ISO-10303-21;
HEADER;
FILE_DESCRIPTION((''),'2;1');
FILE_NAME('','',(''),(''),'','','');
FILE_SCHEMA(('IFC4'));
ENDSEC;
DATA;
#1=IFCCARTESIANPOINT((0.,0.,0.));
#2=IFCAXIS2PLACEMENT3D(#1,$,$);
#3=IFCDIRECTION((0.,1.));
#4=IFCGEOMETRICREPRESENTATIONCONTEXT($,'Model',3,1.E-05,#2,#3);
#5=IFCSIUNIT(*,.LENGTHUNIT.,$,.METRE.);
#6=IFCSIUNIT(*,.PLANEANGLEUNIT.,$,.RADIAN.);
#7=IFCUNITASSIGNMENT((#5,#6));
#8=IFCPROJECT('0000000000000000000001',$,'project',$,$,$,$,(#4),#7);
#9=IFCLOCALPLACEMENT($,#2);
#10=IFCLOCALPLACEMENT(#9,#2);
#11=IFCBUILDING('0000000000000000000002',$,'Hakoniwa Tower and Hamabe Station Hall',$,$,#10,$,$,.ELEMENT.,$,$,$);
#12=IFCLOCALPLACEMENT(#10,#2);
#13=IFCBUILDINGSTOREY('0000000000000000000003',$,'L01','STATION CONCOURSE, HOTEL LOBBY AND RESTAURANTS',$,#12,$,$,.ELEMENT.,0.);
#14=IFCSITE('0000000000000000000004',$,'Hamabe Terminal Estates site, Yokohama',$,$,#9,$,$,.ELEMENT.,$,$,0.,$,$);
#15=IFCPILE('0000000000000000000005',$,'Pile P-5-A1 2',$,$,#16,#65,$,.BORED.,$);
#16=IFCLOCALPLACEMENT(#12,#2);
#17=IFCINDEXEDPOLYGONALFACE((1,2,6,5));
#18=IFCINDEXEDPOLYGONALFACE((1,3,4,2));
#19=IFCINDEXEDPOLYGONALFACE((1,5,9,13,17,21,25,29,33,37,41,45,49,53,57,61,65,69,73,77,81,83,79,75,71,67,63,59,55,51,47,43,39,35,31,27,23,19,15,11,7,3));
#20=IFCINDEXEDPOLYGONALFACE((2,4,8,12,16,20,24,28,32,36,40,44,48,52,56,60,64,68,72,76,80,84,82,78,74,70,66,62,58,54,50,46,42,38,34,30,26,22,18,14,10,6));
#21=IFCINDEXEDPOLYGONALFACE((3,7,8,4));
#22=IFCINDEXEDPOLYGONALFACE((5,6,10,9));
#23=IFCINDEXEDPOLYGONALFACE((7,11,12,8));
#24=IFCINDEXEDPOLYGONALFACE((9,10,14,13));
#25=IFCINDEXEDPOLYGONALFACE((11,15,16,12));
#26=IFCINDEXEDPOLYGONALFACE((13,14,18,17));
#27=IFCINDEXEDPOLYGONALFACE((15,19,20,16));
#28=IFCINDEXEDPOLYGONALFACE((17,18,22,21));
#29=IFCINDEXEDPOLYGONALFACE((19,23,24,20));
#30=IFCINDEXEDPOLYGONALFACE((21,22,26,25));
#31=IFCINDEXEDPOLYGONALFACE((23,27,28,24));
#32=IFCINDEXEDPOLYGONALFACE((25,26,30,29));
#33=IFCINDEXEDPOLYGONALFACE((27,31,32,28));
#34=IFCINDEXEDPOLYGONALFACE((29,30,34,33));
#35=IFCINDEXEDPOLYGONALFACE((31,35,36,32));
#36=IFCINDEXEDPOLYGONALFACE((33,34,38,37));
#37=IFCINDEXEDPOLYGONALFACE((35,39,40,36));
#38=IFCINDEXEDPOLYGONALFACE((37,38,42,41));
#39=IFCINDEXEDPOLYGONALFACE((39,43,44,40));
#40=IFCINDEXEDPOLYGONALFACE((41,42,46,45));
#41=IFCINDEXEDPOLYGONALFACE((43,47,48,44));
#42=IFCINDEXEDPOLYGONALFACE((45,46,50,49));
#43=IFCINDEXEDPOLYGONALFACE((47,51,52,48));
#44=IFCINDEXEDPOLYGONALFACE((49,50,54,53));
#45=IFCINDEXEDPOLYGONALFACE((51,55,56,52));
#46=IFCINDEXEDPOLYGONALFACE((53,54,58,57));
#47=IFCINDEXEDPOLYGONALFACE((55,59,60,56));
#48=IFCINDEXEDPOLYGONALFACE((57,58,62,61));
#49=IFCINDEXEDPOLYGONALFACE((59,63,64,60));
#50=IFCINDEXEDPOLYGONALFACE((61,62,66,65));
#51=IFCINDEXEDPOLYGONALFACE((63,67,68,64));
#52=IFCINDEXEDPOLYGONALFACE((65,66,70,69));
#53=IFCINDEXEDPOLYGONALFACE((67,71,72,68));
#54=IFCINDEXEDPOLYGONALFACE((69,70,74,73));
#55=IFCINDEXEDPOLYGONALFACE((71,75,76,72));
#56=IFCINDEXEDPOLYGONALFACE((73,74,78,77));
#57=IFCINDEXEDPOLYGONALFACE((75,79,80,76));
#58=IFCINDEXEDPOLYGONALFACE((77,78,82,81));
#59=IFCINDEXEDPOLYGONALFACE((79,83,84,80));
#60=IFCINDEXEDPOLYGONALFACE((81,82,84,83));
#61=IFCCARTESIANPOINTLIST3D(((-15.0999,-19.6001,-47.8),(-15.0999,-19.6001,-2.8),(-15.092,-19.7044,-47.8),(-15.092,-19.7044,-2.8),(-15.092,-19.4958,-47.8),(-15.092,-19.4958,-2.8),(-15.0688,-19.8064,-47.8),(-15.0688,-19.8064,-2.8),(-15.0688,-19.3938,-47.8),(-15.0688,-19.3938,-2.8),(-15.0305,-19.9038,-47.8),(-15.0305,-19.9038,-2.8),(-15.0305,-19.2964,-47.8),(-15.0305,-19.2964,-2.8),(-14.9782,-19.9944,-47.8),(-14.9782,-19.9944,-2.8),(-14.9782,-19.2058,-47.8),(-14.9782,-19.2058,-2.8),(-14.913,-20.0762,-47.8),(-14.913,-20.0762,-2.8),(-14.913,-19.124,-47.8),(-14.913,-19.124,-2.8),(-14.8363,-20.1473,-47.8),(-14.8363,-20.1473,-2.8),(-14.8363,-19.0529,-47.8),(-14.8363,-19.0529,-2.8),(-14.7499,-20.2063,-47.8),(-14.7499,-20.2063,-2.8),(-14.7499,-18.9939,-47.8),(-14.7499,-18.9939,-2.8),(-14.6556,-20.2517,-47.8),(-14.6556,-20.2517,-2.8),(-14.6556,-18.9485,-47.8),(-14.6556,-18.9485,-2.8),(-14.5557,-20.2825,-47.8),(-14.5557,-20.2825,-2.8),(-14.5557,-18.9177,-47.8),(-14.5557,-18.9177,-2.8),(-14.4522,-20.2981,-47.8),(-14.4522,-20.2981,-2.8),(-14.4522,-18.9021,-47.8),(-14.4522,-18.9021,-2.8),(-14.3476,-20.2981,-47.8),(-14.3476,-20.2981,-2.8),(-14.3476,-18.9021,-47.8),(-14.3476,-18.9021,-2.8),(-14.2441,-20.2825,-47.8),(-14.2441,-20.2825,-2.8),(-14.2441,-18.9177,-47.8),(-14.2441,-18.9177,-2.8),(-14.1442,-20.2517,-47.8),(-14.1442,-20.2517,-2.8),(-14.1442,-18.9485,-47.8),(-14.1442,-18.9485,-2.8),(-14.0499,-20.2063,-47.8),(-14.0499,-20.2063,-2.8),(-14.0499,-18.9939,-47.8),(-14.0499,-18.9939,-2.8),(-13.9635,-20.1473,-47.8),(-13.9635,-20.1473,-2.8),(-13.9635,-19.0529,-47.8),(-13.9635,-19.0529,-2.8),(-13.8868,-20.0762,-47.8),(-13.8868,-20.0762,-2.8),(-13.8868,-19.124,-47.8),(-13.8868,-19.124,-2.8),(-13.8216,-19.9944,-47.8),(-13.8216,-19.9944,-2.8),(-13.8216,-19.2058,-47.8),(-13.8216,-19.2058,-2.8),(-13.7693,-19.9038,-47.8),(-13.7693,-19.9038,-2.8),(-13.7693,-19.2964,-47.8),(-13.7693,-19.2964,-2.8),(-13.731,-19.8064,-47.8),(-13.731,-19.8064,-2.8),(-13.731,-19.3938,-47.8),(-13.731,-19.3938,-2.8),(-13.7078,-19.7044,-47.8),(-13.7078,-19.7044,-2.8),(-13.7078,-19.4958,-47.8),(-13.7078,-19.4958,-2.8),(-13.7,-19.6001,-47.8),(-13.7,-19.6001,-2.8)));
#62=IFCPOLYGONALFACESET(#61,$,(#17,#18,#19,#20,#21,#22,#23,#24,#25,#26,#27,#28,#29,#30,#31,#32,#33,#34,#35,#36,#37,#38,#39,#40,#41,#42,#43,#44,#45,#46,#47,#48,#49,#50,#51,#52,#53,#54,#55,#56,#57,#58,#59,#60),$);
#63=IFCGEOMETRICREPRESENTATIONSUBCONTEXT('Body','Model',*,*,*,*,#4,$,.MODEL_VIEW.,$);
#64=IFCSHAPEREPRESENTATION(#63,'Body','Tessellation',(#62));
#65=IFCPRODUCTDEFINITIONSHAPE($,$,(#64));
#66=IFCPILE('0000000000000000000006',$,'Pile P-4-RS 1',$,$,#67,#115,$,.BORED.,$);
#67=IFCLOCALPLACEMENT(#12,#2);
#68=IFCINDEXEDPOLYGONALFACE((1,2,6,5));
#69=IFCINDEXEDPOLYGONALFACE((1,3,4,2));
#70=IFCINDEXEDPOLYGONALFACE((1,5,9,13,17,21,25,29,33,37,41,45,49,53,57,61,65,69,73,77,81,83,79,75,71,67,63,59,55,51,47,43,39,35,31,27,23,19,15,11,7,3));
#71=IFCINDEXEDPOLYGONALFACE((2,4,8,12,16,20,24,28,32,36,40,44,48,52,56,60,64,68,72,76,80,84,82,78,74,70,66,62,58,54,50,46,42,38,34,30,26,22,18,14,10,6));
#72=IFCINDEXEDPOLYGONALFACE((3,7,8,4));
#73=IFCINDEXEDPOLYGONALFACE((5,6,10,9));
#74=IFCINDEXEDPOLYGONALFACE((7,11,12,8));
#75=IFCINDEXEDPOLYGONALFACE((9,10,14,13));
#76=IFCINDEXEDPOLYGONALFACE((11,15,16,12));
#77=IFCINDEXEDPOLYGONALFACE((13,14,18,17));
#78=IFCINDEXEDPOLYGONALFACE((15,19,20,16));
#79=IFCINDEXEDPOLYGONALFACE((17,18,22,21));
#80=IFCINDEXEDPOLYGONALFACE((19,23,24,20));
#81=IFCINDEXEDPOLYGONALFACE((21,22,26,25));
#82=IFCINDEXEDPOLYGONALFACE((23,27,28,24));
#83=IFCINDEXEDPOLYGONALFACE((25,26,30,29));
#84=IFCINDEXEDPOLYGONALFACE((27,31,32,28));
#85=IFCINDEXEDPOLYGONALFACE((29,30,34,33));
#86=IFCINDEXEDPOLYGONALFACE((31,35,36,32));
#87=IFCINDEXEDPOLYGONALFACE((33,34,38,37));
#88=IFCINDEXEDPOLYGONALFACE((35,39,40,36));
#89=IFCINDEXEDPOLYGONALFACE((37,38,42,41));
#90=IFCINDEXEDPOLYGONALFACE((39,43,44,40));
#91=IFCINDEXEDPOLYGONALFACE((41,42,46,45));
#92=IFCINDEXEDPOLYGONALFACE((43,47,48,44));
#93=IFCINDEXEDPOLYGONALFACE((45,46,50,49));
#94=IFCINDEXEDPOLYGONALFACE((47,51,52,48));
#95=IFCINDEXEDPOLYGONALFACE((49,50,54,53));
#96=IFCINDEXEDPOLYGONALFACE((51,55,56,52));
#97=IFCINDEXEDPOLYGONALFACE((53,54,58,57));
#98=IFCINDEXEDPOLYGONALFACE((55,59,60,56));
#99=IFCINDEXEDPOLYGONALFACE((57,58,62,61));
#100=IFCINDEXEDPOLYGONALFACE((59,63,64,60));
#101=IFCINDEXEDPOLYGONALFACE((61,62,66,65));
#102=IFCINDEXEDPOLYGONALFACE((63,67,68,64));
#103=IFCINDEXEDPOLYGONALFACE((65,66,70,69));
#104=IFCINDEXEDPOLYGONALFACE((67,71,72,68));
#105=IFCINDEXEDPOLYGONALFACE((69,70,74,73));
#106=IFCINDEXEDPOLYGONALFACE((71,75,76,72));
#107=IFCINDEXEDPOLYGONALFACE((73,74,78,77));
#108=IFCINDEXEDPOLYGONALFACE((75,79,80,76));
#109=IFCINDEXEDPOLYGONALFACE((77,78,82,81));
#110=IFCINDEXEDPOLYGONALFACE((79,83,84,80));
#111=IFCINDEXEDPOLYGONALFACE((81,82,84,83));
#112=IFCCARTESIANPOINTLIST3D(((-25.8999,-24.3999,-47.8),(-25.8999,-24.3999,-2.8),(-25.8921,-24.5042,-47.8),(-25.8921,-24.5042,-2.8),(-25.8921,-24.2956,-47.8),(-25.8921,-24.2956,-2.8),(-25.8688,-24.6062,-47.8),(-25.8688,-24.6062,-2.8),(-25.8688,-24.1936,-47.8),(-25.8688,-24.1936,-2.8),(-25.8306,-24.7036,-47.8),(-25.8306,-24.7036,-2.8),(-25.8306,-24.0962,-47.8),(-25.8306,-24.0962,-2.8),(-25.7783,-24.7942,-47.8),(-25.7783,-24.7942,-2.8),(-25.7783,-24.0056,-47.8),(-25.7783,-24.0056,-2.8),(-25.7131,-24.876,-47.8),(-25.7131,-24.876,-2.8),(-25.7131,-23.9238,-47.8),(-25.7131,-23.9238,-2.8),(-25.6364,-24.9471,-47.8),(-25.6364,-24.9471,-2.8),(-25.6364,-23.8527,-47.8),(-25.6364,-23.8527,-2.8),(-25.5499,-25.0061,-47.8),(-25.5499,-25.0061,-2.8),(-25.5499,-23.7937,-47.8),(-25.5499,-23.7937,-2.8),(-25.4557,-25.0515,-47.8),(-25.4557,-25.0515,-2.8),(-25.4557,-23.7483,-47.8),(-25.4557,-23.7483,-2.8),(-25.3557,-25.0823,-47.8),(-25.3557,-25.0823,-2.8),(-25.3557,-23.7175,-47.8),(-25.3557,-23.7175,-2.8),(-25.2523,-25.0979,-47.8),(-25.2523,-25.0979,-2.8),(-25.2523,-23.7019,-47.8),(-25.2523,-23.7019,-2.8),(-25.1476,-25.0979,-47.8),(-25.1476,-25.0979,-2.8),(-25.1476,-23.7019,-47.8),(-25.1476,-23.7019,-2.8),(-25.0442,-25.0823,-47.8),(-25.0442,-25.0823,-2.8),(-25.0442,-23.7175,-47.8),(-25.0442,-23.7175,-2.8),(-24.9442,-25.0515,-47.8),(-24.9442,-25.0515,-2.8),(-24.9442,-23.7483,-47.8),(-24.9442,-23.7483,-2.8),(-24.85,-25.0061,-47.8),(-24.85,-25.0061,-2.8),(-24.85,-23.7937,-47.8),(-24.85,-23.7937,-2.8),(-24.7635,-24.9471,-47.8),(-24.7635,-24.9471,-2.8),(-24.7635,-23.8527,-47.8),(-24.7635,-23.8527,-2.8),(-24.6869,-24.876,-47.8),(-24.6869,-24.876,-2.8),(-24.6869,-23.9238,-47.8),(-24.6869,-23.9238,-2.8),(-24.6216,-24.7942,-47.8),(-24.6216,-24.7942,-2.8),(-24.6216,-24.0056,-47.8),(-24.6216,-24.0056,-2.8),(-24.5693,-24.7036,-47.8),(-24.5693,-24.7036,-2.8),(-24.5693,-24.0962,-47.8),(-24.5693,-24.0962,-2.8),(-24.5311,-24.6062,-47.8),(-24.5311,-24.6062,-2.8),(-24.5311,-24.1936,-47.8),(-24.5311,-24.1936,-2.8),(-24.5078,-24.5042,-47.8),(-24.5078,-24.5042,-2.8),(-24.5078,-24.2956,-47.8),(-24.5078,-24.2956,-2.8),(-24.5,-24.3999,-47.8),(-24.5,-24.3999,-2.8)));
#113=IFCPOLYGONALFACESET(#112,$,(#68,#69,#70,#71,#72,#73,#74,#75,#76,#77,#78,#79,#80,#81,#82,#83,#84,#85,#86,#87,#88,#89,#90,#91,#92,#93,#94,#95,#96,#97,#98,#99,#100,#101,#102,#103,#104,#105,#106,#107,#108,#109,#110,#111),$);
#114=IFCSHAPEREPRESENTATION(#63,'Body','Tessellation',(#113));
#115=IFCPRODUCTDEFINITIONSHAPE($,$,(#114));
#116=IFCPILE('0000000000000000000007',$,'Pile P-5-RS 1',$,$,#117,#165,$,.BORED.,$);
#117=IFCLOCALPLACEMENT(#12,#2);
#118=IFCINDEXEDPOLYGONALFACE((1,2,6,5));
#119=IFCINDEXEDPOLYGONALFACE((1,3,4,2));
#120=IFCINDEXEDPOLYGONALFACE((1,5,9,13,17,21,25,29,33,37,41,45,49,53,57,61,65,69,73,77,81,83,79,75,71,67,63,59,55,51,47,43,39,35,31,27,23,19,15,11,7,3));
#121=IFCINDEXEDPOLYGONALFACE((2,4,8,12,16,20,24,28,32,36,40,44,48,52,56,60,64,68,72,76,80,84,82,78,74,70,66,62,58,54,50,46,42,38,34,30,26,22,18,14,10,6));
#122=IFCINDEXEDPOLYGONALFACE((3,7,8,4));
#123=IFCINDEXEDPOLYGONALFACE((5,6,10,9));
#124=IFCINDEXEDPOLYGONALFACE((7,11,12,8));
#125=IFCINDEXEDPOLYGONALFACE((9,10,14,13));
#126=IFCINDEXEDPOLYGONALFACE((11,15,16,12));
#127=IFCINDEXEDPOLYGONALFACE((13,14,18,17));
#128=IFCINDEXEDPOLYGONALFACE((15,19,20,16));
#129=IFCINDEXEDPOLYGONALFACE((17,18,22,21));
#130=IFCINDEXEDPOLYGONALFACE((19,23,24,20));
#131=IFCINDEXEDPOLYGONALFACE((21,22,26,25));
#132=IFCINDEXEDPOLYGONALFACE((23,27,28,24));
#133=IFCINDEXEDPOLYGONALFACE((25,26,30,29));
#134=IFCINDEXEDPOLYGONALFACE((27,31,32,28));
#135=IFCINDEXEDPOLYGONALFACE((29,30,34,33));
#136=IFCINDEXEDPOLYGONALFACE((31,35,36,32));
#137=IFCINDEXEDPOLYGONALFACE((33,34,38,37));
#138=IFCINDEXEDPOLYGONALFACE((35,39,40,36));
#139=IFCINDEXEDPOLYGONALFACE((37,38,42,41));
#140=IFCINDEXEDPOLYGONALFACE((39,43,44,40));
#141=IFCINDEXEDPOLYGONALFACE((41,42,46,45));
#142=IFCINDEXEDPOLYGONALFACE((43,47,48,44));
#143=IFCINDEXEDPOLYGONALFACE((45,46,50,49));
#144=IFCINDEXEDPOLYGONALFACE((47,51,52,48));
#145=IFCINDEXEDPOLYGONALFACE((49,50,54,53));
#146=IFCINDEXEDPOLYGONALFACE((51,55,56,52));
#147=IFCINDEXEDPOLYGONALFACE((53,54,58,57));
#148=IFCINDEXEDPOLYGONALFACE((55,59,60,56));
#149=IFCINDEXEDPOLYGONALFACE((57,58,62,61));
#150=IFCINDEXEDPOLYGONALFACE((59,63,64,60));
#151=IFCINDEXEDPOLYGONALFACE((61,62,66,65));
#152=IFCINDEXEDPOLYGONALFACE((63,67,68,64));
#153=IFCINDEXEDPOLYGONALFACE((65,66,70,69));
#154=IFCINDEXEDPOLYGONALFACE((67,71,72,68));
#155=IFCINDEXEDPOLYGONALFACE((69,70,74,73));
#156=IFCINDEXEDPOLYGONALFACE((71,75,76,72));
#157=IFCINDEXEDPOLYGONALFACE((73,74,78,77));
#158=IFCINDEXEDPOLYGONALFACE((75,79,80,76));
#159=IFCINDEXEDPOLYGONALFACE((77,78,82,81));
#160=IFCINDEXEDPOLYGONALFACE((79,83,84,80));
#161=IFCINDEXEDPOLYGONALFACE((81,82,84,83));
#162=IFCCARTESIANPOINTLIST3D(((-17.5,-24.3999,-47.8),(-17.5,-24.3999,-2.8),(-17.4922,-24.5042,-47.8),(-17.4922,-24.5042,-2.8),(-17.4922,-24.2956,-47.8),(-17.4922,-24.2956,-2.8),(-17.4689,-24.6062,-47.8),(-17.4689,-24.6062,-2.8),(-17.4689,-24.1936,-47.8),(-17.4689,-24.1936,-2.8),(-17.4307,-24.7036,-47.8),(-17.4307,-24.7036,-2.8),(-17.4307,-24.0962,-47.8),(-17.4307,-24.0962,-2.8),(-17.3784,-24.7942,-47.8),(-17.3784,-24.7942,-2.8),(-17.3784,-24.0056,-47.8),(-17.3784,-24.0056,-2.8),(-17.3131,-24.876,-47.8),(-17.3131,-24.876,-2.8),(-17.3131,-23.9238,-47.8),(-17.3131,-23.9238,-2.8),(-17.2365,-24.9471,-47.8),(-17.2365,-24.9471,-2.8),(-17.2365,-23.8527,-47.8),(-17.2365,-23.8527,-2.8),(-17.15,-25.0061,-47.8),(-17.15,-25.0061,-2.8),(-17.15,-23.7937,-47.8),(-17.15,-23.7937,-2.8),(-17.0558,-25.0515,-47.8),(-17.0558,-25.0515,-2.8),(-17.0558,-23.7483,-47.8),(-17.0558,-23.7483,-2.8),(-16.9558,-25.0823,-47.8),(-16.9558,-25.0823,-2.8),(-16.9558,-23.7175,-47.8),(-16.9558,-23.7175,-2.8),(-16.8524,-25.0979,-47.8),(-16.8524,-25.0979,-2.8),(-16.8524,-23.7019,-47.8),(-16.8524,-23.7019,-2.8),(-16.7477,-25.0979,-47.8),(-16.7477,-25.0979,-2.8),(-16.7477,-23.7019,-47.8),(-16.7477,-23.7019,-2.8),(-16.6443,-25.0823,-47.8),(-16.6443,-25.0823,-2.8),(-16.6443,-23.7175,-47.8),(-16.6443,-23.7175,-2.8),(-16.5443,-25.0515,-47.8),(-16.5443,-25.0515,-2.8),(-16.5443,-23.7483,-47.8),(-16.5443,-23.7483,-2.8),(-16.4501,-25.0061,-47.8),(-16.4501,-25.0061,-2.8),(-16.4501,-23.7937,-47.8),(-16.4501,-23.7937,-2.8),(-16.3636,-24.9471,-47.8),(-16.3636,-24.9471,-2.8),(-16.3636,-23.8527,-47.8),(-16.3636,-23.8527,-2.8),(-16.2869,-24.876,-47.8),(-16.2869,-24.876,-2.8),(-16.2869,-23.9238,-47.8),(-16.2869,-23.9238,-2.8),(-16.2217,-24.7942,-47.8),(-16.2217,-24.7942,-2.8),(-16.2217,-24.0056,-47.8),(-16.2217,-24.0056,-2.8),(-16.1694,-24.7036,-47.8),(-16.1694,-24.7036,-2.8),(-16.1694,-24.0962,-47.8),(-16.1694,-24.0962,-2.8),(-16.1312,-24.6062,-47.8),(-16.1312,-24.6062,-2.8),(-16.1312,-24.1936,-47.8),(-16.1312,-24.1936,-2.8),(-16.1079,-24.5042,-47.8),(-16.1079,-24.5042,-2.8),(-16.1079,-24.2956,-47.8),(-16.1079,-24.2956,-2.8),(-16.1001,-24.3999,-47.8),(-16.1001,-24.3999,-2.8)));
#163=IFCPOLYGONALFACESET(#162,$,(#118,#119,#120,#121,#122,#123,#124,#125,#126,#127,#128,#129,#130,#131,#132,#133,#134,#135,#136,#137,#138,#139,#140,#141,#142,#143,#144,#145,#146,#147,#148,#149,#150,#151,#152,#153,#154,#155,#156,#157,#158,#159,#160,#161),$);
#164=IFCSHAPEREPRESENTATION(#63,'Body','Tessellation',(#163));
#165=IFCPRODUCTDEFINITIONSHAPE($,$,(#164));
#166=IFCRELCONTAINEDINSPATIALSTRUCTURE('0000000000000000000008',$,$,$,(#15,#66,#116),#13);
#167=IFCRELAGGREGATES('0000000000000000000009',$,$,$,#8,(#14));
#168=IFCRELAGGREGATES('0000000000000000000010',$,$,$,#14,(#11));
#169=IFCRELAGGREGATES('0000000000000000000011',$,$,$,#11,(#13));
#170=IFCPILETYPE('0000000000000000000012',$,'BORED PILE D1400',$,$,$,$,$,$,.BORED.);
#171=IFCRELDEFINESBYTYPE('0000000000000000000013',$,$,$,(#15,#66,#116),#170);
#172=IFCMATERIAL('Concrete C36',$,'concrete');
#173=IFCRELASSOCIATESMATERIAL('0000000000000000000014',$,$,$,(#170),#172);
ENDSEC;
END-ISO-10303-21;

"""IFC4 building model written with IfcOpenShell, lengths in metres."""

from ifc_helpers import new_model, si_unit, direction, frame, origin, origin_2d, place, context, subcontext, project, spatial, circle, extrude, material, material_profile, profile_set, type_object, element, save


model = new_model("IFC4")

# Units and contexts
model_context = context("Model", 3, precision=1e-05, world=origin(), true_north=direction((0.0, 1.0)))
body_context = subcontext(model_context, "Body", "Model", "MODEL_VIEW")
ifc_project = project(units=[si_unit("LENGTHUNIT", "METRE"), si_unit("PLANEANGLEUNIT", "RADIAN")], contexts=[model_context])

# Site, building, storey
site_placement = place(None, origin())
site = spatial("IfcSite", under=ifc_project, at=site_placement, Name="Hamabe Terminal Estates site, Yokohama", CompositionType="ELEMENT", RefElevation=0.0)
building_placement = place(site_placement, origin())
building = spatial("IfcBuilding", under=site, at=building_placement, Name="Hakoniwa Tower and Hamabe Station Hall", CompositionType="ELEMENT")
storey_placement = place(building_placement, origin())
storey = spatial("IfcBuildingStorey", under=building, at=storey_placement, Name="L01", Description="STATION CONCOURSE, HOTEL LOBBY AND RESTAURANTS", CompositionType="ELEMENT", Elevation=0.0)

# Piles
ifc_material_1 = material(Name="Concrete C36", Category="concrete")
ifc_material_profile_1 = material_profile(ifc_material_1, circle(Radius=0.7, at=origin_2d()), Name="BORED PILE D1400")
ifc_profile_set_1 = profile_set([ifc_material_profile_1], Name="Concrete C36")
pile_type = type_object("IfcPileType", Name="BORED PILE D1400", PredefinedType="BORED", material=ifc_profile_set_1)
for number, where, z_axis, x_axis, name in (
    (1, (-14.3999, -19.6001, -2.8), (0.0, 0.0, -1.0), (1.0, 0.0, 0.0), "Pile P-5-A1 2"),
    (2, (-25.2, -24.3999, -2.8), (0.0, 0.0, -1.0), (1.0, 0.0, 0.0), "Pile P-4-RS 1"),
    (3, (-16.8, -24.3999, -2.8), (0.0, 0.0, -1.0), (1.0, 0.0, 0.0), "Pile P-5-RS 1"),
):
    element("IfcPile", number, at=place(storey_placement, frame(where, z_axis=z_axis, x_axis=x_axis)), inside=storey, type_object=pile_type, Name=name, PredefinedType="BORED", context=body_context, shape_type="SweptSolid", body=[
        extrude(circle(Radius=0.7, at=origin_2d()), origin(), (0.0, 0.0, 1.0), 45.0),
    ])

save(model, "model.ifc")
